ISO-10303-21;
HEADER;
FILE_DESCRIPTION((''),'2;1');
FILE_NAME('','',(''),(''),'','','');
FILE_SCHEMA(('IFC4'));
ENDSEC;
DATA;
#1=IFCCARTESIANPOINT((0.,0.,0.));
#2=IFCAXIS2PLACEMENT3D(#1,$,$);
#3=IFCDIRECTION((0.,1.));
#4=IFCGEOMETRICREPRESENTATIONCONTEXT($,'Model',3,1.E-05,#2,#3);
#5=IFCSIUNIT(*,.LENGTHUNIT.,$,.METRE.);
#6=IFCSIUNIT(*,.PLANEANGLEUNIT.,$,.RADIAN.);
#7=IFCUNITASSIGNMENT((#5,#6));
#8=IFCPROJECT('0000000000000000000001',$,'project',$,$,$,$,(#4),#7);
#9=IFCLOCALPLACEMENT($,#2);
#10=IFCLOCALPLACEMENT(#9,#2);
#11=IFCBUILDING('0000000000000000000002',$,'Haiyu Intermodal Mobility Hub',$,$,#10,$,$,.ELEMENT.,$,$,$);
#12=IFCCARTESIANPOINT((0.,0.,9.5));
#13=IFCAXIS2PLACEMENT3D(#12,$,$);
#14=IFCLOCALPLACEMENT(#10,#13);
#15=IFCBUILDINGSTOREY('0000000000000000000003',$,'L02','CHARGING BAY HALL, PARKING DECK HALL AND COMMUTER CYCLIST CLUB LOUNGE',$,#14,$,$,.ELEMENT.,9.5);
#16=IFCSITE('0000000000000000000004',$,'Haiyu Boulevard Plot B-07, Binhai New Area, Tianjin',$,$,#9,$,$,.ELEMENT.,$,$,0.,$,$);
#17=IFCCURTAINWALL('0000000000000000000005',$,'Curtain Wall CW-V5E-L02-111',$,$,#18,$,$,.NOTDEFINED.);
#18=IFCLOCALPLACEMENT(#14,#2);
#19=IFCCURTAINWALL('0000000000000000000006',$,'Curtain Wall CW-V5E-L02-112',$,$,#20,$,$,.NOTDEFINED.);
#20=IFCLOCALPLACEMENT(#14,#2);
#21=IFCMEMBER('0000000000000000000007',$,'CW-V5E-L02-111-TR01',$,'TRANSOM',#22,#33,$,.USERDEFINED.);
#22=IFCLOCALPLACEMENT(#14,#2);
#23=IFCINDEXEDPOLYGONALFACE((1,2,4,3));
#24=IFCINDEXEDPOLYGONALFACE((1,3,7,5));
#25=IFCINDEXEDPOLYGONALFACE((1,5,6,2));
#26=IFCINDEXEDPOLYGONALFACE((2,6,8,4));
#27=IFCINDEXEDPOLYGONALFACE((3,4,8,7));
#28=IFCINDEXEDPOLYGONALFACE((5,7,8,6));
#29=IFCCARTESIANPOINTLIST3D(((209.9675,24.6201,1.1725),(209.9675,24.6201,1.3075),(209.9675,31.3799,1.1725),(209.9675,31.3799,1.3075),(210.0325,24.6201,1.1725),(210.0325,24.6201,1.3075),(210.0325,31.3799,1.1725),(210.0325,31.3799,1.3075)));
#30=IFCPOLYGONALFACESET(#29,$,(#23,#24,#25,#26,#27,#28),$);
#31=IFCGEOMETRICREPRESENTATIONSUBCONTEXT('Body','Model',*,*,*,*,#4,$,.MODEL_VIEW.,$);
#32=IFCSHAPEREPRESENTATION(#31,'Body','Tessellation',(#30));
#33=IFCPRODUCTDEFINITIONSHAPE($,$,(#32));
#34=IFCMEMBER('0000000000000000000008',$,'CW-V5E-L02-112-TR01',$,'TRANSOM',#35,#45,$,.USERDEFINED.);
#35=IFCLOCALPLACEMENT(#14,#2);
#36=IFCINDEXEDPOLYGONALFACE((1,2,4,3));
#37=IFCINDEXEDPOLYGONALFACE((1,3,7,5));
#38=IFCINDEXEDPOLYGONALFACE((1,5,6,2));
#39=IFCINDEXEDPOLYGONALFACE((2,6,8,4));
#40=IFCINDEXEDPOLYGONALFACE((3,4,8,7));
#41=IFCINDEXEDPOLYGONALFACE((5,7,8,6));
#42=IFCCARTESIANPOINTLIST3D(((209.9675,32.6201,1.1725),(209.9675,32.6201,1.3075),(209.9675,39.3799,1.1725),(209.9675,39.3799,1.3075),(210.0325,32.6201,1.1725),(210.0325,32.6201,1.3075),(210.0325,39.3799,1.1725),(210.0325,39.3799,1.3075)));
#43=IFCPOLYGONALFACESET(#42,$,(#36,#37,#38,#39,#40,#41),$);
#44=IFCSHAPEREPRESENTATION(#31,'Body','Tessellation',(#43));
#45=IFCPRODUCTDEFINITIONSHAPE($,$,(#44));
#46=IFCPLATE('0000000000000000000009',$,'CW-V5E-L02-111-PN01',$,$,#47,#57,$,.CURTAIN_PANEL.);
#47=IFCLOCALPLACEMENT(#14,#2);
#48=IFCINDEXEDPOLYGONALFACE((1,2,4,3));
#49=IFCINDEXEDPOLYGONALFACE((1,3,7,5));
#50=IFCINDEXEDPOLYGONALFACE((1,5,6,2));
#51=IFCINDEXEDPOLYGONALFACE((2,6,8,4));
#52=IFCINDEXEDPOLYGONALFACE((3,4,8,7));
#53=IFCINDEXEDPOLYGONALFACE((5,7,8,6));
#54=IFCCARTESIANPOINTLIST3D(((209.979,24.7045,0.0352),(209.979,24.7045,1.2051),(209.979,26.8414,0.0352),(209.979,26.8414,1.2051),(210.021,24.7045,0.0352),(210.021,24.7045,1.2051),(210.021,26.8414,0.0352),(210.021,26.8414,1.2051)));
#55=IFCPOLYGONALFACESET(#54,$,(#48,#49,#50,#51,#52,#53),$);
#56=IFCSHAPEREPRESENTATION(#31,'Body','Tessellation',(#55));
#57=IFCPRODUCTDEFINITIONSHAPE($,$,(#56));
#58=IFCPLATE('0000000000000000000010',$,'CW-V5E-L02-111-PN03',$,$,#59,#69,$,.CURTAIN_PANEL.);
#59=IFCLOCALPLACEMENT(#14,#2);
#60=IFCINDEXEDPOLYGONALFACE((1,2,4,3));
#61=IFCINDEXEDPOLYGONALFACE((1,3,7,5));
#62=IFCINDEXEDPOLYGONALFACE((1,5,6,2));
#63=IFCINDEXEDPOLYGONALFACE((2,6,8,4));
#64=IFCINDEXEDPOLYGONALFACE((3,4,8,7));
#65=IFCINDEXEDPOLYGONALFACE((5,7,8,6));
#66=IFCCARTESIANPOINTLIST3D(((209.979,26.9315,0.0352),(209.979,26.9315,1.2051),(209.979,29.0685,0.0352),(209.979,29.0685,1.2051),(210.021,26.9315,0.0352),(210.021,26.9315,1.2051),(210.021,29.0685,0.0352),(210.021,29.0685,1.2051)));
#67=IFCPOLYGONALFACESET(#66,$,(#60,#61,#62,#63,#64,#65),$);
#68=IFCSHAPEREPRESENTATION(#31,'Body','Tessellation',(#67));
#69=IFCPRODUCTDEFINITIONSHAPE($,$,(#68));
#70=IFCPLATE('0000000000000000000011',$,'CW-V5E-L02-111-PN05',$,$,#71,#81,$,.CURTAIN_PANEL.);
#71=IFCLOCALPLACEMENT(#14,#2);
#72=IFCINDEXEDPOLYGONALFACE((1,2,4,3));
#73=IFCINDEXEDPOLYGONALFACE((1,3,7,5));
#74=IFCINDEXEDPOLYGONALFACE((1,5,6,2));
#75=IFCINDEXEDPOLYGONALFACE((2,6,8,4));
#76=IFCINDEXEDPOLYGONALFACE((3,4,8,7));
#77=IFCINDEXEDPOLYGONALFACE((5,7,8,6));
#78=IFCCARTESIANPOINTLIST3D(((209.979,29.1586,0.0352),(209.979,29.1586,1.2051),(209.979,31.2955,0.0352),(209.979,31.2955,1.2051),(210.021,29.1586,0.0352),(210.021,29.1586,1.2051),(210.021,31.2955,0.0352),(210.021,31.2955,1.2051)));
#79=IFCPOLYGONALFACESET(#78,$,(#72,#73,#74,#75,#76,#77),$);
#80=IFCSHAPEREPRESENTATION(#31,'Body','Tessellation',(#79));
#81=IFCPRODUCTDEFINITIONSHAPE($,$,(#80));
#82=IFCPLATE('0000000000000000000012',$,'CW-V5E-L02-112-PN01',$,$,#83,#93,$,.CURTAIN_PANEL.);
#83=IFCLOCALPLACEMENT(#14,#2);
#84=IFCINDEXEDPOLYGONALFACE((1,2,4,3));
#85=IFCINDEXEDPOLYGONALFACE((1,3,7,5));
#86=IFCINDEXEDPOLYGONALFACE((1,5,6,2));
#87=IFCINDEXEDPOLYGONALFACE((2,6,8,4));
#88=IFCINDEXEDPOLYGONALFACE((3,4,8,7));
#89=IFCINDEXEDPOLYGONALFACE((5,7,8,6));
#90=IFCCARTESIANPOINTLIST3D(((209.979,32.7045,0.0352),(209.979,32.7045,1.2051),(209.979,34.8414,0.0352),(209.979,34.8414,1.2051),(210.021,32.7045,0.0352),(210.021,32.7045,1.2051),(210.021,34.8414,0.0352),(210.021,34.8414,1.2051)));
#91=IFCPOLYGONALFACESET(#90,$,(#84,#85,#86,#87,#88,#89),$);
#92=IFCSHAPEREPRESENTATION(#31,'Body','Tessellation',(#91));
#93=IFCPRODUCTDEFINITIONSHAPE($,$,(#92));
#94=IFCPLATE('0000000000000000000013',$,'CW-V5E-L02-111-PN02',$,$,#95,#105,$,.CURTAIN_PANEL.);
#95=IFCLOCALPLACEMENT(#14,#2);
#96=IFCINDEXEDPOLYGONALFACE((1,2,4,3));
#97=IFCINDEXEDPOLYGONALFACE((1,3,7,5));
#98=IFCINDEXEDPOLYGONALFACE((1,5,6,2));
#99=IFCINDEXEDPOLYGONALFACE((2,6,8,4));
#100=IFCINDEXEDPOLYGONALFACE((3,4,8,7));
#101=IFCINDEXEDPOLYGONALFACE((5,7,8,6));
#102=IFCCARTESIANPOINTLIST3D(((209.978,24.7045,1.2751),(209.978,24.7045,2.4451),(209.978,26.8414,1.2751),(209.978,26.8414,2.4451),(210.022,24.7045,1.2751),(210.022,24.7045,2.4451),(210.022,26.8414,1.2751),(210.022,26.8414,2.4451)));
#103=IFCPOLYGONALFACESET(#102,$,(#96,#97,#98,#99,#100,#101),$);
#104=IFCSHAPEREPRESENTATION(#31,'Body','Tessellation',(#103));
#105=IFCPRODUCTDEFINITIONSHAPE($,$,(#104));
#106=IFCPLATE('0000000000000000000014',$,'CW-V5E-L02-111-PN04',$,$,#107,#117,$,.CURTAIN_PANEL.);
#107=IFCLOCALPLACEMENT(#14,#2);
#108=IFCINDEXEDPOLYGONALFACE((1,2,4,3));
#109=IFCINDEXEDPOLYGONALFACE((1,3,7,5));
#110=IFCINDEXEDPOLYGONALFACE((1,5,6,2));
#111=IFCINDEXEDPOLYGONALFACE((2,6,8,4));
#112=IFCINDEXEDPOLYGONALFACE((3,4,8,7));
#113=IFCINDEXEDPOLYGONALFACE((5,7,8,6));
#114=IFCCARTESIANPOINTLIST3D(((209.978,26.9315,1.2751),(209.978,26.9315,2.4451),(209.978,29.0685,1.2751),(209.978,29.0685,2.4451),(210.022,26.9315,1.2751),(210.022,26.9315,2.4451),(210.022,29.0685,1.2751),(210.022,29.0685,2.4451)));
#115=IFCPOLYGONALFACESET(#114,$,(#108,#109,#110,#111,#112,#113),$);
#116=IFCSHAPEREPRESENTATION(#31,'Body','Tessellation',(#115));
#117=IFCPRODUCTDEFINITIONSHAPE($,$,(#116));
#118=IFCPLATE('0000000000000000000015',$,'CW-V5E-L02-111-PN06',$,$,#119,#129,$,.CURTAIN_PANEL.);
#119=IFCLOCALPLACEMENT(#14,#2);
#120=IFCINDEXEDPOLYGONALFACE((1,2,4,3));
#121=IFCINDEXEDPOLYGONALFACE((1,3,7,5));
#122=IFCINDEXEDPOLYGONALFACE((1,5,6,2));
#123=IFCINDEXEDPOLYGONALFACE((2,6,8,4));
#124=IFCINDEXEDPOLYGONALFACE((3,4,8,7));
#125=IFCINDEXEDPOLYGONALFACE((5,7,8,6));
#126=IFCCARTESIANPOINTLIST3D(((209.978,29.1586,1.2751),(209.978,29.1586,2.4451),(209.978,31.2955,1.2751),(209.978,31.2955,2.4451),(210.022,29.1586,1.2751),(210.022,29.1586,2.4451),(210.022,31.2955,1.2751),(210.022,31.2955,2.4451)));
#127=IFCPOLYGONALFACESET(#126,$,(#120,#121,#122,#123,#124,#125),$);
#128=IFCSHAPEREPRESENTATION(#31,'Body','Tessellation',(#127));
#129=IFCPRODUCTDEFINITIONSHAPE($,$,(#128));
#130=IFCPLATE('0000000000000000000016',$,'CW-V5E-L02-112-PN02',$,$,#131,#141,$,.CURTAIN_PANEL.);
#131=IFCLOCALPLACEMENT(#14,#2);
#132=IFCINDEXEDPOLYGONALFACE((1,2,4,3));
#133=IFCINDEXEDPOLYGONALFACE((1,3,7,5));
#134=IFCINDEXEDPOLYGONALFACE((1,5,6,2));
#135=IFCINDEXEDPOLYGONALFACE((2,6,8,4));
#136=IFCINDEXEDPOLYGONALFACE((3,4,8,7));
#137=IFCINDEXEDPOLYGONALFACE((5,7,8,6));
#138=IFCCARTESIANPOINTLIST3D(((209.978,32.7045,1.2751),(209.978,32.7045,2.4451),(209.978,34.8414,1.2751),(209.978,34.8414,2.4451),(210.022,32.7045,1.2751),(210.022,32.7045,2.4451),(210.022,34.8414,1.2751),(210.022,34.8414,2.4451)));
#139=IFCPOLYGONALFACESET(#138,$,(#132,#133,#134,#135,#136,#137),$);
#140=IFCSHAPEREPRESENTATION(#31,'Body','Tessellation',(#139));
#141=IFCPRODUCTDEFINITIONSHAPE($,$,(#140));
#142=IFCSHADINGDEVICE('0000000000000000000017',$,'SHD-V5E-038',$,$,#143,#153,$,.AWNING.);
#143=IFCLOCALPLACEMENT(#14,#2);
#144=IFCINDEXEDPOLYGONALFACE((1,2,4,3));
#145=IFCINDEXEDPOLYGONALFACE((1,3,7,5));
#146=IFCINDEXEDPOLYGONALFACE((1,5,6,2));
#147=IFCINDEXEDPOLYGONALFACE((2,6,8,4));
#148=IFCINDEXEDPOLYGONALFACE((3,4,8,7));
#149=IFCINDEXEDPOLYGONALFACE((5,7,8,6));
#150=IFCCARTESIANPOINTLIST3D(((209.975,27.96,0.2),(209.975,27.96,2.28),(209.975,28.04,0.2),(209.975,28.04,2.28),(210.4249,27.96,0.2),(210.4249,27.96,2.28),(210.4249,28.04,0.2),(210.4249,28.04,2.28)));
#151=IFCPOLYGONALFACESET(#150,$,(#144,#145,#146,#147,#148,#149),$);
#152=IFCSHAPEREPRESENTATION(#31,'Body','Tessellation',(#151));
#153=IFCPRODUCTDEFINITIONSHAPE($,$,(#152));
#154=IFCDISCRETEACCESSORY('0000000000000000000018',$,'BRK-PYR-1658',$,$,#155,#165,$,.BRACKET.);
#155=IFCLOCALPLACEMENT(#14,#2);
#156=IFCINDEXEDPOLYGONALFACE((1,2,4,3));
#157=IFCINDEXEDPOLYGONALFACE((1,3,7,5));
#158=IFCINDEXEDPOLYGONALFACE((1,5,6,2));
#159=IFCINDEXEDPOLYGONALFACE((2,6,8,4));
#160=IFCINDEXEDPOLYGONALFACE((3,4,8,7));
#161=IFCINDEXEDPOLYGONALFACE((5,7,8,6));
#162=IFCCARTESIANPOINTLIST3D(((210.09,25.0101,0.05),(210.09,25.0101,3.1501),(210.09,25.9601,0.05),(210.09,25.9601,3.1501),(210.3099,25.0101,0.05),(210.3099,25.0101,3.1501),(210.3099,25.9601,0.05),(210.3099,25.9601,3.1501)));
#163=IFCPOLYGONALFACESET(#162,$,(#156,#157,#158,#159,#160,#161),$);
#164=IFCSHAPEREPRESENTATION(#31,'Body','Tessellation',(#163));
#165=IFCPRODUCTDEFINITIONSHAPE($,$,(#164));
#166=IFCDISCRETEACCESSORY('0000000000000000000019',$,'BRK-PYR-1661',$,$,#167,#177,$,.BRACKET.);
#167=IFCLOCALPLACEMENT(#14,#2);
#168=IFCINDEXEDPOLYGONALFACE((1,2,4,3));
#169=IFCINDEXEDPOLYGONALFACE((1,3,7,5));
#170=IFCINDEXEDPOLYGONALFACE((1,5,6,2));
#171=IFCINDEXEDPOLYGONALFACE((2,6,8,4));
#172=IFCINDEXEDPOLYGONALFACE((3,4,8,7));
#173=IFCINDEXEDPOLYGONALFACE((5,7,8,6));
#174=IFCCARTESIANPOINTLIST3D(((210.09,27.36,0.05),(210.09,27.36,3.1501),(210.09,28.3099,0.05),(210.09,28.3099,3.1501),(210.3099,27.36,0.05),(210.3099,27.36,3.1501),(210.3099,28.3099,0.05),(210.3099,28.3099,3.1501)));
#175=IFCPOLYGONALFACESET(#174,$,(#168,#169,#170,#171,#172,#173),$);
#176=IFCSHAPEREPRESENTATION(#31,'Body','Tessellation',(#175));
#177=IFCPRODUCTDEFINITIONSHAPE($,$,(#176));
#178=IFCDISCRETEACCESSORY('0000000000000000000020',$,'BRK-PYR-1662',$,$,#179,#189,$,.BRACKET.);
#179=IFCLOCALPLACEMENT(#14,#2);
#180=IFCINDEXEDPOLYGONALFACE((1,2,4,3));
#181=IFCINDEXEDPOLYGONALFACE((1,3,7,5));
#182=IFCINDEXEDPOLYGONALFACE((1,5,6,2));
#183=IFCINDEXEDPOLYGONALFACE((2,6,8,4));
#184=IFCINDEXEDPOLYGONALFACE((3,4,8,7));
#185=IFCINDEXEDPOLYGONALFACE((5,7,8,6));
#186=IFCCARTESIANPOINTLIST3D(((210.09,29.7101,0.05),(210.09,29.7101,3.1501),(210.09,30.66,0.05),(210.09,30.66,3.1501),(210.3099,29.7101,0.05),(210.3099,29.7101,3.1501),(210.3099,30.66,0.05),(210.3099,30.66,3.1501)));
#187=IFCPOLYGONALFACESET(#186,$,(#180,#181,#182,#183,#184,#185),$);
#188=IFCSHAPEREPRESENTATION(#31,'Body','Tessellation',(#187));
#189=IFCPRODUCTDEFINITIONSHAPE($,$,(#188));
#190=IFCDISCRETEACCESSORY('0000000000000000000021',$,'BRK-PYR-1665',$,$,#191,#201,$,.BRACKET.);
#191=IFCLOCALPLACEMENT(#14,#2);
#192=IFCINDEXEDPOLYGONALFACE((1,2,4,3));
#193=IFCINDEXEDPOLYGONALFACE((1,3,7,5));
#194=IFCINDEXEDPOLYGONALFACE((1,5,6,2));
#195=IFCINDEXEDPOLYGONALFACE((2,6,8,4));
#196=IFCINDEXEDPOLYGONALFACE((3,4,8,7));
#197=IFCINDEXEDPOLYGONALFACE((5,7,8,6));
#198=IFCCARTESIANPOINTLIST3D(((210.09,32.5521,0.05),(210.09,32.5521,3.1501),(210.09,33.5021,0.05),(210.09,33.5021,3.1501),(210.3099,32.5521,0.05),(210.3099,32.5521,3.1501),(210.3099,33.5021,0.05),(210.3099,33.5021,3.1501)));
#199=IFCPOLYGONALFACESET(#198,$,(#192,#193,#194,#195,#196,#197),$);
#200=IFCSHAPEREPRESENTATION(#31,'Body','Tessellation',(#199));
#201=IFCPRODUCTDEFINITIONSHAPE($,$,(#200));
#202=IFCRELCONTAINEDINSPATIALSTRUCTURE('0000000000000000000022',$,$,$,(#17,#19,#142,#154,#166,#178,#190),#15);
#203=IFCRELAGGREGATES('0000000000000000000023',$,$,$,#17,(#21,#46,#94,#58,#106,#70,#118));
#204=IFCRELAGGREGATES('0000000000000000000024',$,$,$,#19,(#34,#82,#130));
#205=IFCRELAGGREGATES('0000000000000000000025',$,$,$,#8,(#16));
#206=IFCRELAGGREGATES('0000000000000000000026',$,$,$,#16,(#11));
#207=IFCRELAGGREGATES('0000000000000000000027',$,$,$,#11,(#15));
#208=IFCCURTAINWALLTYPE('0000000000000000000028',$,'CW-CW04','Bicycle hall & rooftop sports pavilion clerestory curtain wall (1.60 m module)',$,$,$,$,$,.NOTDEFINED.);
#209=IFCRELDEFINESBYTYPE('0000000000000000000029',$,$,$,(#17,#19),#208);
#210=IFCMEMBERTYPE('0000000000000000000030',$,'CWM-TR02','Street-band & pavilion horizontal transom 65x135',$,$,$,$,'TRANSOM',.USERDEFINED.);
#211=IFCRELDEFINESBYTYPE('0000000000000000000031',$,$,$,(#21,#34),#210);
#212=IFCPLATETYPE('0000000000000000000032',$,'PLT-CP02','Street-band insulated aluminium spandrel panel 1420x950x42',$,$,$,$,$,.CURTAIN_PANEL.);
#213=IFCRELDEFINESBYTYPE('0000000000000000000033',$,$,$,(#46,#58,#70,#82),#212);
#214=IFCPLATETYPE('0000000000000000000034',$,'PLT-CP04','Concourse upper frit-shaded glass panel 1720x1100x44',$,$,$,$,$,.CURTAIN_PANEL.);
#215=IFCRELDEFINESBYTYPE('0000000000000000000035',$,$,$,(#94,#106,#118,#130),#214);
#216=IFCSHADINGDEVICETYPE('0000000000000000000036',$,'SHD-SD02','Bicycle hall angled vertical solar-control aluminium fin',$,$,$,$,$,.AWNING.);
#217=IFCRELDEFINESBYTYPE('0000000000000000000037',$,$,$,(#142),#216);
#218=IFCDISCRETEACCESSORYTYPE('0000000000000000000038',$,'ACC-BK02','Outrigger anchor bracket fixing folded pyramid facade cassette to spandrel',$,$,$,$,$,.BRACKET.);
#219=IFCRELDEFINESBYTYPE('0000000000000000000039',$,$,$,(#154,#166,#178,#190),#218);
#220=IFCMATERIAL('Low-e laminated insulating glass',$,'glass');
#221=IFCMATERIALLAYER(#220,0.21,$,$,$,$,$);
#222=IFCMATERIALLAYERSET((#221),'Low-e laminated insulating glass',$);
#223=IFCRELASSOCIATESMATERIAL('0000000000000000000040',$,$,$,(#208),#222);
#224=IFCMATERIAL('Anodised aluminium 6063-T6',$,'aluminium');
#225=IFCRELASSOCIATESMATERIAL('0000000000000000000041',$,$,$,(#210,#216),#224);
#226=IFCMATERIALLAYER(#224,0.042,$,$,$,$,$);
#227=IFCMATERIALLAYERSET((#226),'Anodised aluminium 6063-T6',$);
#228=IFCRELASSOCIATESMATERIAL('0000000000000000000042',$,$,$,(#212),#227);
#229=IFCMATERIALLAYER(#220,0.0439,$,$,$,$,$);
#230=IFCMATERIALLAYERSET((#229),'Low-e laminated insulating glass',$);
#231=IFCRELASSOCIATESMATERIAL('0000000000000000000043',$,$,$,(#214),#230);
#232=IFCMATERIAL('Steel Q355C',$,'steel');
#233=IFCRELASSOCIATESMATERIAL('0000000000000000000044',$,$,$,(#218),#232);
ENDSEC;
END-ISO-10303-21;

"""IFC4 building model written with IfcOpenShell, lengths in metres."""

from ifc_helpers import new_model, si_unit, direction, frame, origin, origin_2d, place, context, subcontext, project, spatial, rectangle, extrude, material, layer, layer_set, material_profile, profile_set, type_object, element, aggregate, save


model = new_model("IFC4")

# Units and contexts
model_context = context("Model", 3, precision=1e-05, world=origin(), true_north=direction((0.0, 1.0)))
body_context = subcontext(model_context, "Body", "Model", "MODEL_VIEW")
ifc_project = project(units=[si_unit("LENGTHUNIT", "METRE"), si_unit("PLANEANGLEUNIT", "RADIAN")], contexts=[model_context])

# Site, building, storey
site_placement = place(None, origin())
site = spatial("IfcSite", under=ifc_project, at=site_placement, Name="Haiyu Boulevard Plot B-07, Binhai New Area, Tianjin", CompositionType="ELEMENT", RefElevation=0.0)
building_placement = place(site_placement, origin())
building = spatial("IfcBuilding", under=site, at=building_placement, Name="Haiyu Intermodal Mobility Hub", CompositionType="ELEMENT")
storey_placement = place(building_placement, frame((0.0, 0.0, 9.5)))
storey = spatial("IfcBuildingStorey", under=building, at=storey_placement, Name="L02", Description="CHARGING BAY HALL, PARKING DECK HALL AND COMMUTER CYCLIST CLUB LOUNGE", CompositionType="ELEMENT", Elevation=9.5)

# Curtain walls
ifc_material_1 = material(Name="Low-e laminated insulating glass", Category="glass")
ifc_layer_1 = layer(ifc_material_1, 0.21)
ifc_layer_set_1 = layer_set([ifc_layer_1], Name="Low-e laminated insulating glass")
curtain_wall_type = type_object("IfcCurtainWallType", Name="CW-CW04", Description="Bicycle hall & rooftop sports pavilion clerestory curtain wall (1.60 m module)", PredefinedType="NOTDEFINED", material=ifc_layer_set_1)
curtain_wall_1_placement = place(storey_placement, origin())
curtain_wall_1 = element("IfcCurtainWall", 1, at=curtain_wall_1_placement, inside=storey, type_object=curtain_wall_type, Name="Curtain Wall CW-V5E-L02-111", PredefinedType="NOTDEFINED")
ifc_material_2 = material(Name="Anodised aluminium 6063-T6", Category="aluminium")
curtain_wall_2_placement = place(storey_placement, origin())
curtain_wall_2 = element("IfcCurtainWall", 2, at=curtain_wall_2_placement, inside=storey, type_object=curtain_wall_type, Name="Curtain Wall CW-V5E-L02-112", PredefinedType="NOTDEFINED")

# Members
ifc_material_profile_1 = material_profile(ifc_material_2, rectangle(XDim=0.0649, YDim=0.135, at=origin_2d()), Name="ALU65x135")
ifc_profile_set_1 = profile_set([ifc_material_profile_1], Name="Anodised aluminium 6063-T6")
member_type_1 = type_object("IfcMemberType", Name="CWM-TR02", Description="Street-band & pavilion horizontal transom 65x135", ElementType="TRANSOM", PredefinedType="USERDEFINED", material=ifc_profile_set_1)
member_1_placement = place(storey_placement, frame((210.0, 24.6201, 1.24), z_axis=(0.0, 1.0, 0.0), x_axis=(-1.0, 0.0, 0.0)))
member_1 = element("IfcMember", 3, at=member_1_placement, type_object=member_type_1, Name="CW-V5E-L02-111-TR01", ObjectType="TRANSOM", PredefinedType="USERDEFINED", context=body_context, shape_type="SweptSolid", body=[
    extrude(rectangle(XDim=0.0649, YDim=0.135, at=origin_2d()), origin(), (0.0, 0.0, 1.0), 6.7598),
])
member_2_placement = place(storey_placement, frame((210.0, 32.6201, 1.24), z_axis=(0.0, 1.0, 0.0), x_axis=(-1.0, 0.0, 0.0)))
member_2 = element("IfcMember", 4, at=member_2_placement, type_object=member_type_1, Name="CW-V5E-L02-112-TR01", ObjectType="TRANSOM", PredefinedType="USERDEFINED", context=body_context, shape_type="SweptSolid", body=[
    extrude(rectangle(XDim=0.0649, YDim=0.135, at=origin_2d()), origin(), (0.0, 0.0, 1.0), 6.7598),
])

# Plates
ifc_layer_2 = layer(ifc_material_2, 0.042)
ifc_layer_set_2 = layer_set([ifc_layer_2], Name="Anodised aluminium 6063-T6")
plate_type_1 = type_object("IfcPlateType", Name="PLT-CP02", Description="Street-band insulated aluminium spandrel panel 1420x950x42", PredefinedType="CURTAIN_PANEL", material=ifc_layer_set_2)
plate_1_placement = place(storey_placement, frame((210.0, 25.7729, 0.0352), z_axis=(0.0, 0.0, 1.0), x_axis=(0.0, 1.0, 0.0)))
plate_1 = element("IfcPlate", 5, at=plate_1_placement, type_object=plate_type_1, Name="CW-V5E-L02-111-PN01", PredefinedType="CURTAIN_PANEL", context=body_context, shape_type="SweptSolid", body=[
    extrude(rectangle(XDim=2.137, YDim=0.042, at=origin_2d()), origin(), (0.0, 0.0, 1.0), 1.1699),
])
plate_2_placement = place(storey_placement, frame((210.0, 28.0, 0.0352), z_axis=(0.0, 0.0, 1.0), x_axis=(0.0, 1.0, 0.0)))
plate_2 = element("IfcPlate", 6, at=plate_2_placement, type_object=plate_type_1, Name="CW-V5E-L02-111-PN03", PredefinedType="CURTAIN_PANEL", context=body_context, shape_type="SweptSolid", body=[
    extrude(rectangle(XDim=2.137, YDim=0.042, at=origin_2d()), origin(), (0.0, 0.0, 1.0), 1.1699),
])
plate_3_placement = place(storey_placement, frame((210.0, 30.2271, 0.0352), z_axis=(0.0, 0.0, 1.0), x_axis=(0.0, 1.0, 0.0)))
plate_3 = element("IfcPlate", 7, at=plate_3_placement, type_object=plate_type_1, Name="CW-V5E-L02-111-PN05", PredefinedType="CURTAIN_PANEL", context=body_context, shape_type="SweptSolid", body=[
    extrude(rectangle(XDim=2.137, YDim=0.042, at=origin_2d()), origin(), (0.0, 0.0, 1.0), 1.1699),
])
plate_4_placement = place(storey_placement, frame((210.0, 33.7729, 0.0352), z_axis=(0.0, 0.0, 1.0), x_axis=(0.0, 1.0, 0.0)))
plate_4 = element("IfcPlate", 8, at=plate_4_placement, type_object=plate_type_1, Name="CW-V5E-L02-112-PN01", PredefinedType="CURTAIN_PANEL", context=body_context, shape_type="SweptSolid", body=[
    extrude(rectangle(XDim=2.137, YDim=0.042, at=origin_2d()), origin(), (0.0, 0.0, 1.0), 1.1699),
])
ifc_layer_3 = layer(ifc_material_1, 0.0439)
ifc_layer_set_3 = layer_set([ifc_layer_3], Name="Low-e laminated insulating glass")
plate_type_2 = type_object("IfcPlateType", Name="PLT-CP04", Description="Concourse upper frit-shaded glass panel 1720x1100x44", PredefinedType="CURTAIN_PANEL", material=ifc_layer_set_3)
plate_5_placement = place(storey_placement, frame((210.0, 25.7729, 1.2751), z_axis=(0.0, 0.0, 1.0), x_axis=(0.0, 1.0, 0.0)))
plate_5 = element("IfcPlate", 9, at=plate_5_placement, type_object=plate_type_2, Name="CW-V5E-L02-111-PN02", PredefinedType="CURTAIN_PANEL", context=body_context, shape_type="SweptSolid", body=[
    extrude(rectangle(XDim=2.137, YDim=0.0439, at=origin_2d()), origin(), (0.0, 0.0, 1.0), 1.1699),
])
plate_6_placement = place(storey_placement, frame((210.0, 28.0, 1.2751), z_axis=(0.0, 0.0, 1.0), x_axis=(0.0, 1.0, 0.0)))
plate_6 = element("IfcPlate", 10, at=plate_6_placement, type_object=plate_type_2, Name="CW-V5E-L02-111-PN04", PredefinedType="CURTAIN_PANEL", context=body_context, shape_type="SweptSolid", body=[
    extrude(rectangle(XDim=2.137, YDim=0.0439, at=origin_2d()), origin(), (0.0, 0.0, 1.0), 1.1699),
])
plate_7_placement = place(storey_placement, frame((210.0, 30.2271, 1.2751), z_axis=(0.0, 0.0, 1.0), x_axis=(0.0, 1.0, 0.0)))
plate_7 = element("IfcPlate", 11, at=plate_7_placement, type_object=plate_type_2, Name="CW-V5E-L02-111-PN06", PredefinedType="CURTAIN_PANEL", context=body_context, shape_type="SweptSolid", body=[
    extrude(rectangle(XDim=2.137, YDim=0.0439, at=origin_2d()), origin(), (0.0, 0.0, 1.0), 1.1699),
])
aggregate(curtain_wall_1, [member_1, plate_1, plate_5, plate_2, plate_6, plate_3, plate_7])
plate_8_placement = place(storey_placement, frame((210.0, 33.7729, 1.2751), z_axis=(0.0, 0.0, 1.0), x_axis=(0.0, 1.0, 0.0)))
plate_8 = element("IfcPlate", 12, at=plate_8_placement, type_object=plate_type_2, Name="CW-V5E-L02-112-PN02", PredefinedType="CURTAIN_PANEL", context=body_context, shape_type="SweptSolid", body=[
    extrude(rectangle(XDim=2.137, YDim=0.0439, at=origin_2d()), origin(), (0.0, 0.0, 1.0), 1.1699),
])
aggregate(curtain_wall_2, [member_2, plate_4, plate_8])

# Shading device
ifc_material_profile_2 = material_profile(ifc_material_2, rectangle(XDim=0.0701, YDim=0.55, at=origin_2d()), Name="FIN70x550")
ifc_profile_set_2 = profile_set([ifc_material_profile_2], Name="Anodised aluminium 6063-T6")
shading_device_type = type_object("IfcShadingDeviceType", Name="SHD-SD02", Description="Bicycle hall angled vertical solar-control aluminium fin", PredefinedType="AWNING", material=ifc_profile_set_2)
shading_device_placement = place(storey_placement, frame((210.2, 28.0, 0.2), z_axis=(0.0, 0.0, 1.0), x_axis=(1.0, 0.0, 0.0)))
element("IfcShadingDevice", 13, at=shading_device_placement, inside=storey, type_object=shading_device_type, Name="SHD-V5E-038", PredefinedType="AWNING", context=body_context, shape_type="SweptSolid", body=[
    extrude(rectangle(XDim=0.45, YDim=0.0801, at=origin_2d()), origin(), (0.0, 0.0, 1.0), 2.0801),
])

# Discrete accessories
ifc_material_3 = material(Name="Steel Q355C", Category="steel")
discrete_accessory_type = type_object("IfcDiscreteAccessoryType", Name="ACC-BK02", Description="Outrigger anchor bracket fixing folded pyramid facade cassette to spandrel", PredefinedType="BRACKET", material=ifc_material_3)
for number, where, z_axis, x_axis, name in (
    (14, (210.2, 25.4851, 0.05), (0.0, 0.0, 1.0), (1.0, 0.0, 0.0), "BRK-PYR-1658"),
    (15, (210.2, 27.835, 0.05), (0.0, 0.0, 1.0), (1.0, 0.0, 0.0), "BRK-PYR-1661"),
    (16, (210.2, 30.1851, 0.05), (0.0, 0.0, 1.0), (1.0, 0.0, 0.0), "BRK-PYR-1662"),
    (17, (210.2, 33.0271, 0.05), (0.0, 0.0, 1.0), (1.0, 0.0, 0.0), "BRK-PYR-1665"),
):
    element("IfcDiscreteAccessory", number, at=place(storey_placement, frame(where, z_axis=z_axis, x_axis=x_axis)), inside=storey, type_object=discrete_accessory_type, Name=name, PredefinedType="BRACKET", context=body_context, shape_type="SweptSolid", body=[
        extrude(rectangle(XDim=0.22, YDim=0.95, at=origin_2d()), origin(), (0.0, 0.0, 1.0), 3.1001),
    ])

save(model, "model.ifc")
